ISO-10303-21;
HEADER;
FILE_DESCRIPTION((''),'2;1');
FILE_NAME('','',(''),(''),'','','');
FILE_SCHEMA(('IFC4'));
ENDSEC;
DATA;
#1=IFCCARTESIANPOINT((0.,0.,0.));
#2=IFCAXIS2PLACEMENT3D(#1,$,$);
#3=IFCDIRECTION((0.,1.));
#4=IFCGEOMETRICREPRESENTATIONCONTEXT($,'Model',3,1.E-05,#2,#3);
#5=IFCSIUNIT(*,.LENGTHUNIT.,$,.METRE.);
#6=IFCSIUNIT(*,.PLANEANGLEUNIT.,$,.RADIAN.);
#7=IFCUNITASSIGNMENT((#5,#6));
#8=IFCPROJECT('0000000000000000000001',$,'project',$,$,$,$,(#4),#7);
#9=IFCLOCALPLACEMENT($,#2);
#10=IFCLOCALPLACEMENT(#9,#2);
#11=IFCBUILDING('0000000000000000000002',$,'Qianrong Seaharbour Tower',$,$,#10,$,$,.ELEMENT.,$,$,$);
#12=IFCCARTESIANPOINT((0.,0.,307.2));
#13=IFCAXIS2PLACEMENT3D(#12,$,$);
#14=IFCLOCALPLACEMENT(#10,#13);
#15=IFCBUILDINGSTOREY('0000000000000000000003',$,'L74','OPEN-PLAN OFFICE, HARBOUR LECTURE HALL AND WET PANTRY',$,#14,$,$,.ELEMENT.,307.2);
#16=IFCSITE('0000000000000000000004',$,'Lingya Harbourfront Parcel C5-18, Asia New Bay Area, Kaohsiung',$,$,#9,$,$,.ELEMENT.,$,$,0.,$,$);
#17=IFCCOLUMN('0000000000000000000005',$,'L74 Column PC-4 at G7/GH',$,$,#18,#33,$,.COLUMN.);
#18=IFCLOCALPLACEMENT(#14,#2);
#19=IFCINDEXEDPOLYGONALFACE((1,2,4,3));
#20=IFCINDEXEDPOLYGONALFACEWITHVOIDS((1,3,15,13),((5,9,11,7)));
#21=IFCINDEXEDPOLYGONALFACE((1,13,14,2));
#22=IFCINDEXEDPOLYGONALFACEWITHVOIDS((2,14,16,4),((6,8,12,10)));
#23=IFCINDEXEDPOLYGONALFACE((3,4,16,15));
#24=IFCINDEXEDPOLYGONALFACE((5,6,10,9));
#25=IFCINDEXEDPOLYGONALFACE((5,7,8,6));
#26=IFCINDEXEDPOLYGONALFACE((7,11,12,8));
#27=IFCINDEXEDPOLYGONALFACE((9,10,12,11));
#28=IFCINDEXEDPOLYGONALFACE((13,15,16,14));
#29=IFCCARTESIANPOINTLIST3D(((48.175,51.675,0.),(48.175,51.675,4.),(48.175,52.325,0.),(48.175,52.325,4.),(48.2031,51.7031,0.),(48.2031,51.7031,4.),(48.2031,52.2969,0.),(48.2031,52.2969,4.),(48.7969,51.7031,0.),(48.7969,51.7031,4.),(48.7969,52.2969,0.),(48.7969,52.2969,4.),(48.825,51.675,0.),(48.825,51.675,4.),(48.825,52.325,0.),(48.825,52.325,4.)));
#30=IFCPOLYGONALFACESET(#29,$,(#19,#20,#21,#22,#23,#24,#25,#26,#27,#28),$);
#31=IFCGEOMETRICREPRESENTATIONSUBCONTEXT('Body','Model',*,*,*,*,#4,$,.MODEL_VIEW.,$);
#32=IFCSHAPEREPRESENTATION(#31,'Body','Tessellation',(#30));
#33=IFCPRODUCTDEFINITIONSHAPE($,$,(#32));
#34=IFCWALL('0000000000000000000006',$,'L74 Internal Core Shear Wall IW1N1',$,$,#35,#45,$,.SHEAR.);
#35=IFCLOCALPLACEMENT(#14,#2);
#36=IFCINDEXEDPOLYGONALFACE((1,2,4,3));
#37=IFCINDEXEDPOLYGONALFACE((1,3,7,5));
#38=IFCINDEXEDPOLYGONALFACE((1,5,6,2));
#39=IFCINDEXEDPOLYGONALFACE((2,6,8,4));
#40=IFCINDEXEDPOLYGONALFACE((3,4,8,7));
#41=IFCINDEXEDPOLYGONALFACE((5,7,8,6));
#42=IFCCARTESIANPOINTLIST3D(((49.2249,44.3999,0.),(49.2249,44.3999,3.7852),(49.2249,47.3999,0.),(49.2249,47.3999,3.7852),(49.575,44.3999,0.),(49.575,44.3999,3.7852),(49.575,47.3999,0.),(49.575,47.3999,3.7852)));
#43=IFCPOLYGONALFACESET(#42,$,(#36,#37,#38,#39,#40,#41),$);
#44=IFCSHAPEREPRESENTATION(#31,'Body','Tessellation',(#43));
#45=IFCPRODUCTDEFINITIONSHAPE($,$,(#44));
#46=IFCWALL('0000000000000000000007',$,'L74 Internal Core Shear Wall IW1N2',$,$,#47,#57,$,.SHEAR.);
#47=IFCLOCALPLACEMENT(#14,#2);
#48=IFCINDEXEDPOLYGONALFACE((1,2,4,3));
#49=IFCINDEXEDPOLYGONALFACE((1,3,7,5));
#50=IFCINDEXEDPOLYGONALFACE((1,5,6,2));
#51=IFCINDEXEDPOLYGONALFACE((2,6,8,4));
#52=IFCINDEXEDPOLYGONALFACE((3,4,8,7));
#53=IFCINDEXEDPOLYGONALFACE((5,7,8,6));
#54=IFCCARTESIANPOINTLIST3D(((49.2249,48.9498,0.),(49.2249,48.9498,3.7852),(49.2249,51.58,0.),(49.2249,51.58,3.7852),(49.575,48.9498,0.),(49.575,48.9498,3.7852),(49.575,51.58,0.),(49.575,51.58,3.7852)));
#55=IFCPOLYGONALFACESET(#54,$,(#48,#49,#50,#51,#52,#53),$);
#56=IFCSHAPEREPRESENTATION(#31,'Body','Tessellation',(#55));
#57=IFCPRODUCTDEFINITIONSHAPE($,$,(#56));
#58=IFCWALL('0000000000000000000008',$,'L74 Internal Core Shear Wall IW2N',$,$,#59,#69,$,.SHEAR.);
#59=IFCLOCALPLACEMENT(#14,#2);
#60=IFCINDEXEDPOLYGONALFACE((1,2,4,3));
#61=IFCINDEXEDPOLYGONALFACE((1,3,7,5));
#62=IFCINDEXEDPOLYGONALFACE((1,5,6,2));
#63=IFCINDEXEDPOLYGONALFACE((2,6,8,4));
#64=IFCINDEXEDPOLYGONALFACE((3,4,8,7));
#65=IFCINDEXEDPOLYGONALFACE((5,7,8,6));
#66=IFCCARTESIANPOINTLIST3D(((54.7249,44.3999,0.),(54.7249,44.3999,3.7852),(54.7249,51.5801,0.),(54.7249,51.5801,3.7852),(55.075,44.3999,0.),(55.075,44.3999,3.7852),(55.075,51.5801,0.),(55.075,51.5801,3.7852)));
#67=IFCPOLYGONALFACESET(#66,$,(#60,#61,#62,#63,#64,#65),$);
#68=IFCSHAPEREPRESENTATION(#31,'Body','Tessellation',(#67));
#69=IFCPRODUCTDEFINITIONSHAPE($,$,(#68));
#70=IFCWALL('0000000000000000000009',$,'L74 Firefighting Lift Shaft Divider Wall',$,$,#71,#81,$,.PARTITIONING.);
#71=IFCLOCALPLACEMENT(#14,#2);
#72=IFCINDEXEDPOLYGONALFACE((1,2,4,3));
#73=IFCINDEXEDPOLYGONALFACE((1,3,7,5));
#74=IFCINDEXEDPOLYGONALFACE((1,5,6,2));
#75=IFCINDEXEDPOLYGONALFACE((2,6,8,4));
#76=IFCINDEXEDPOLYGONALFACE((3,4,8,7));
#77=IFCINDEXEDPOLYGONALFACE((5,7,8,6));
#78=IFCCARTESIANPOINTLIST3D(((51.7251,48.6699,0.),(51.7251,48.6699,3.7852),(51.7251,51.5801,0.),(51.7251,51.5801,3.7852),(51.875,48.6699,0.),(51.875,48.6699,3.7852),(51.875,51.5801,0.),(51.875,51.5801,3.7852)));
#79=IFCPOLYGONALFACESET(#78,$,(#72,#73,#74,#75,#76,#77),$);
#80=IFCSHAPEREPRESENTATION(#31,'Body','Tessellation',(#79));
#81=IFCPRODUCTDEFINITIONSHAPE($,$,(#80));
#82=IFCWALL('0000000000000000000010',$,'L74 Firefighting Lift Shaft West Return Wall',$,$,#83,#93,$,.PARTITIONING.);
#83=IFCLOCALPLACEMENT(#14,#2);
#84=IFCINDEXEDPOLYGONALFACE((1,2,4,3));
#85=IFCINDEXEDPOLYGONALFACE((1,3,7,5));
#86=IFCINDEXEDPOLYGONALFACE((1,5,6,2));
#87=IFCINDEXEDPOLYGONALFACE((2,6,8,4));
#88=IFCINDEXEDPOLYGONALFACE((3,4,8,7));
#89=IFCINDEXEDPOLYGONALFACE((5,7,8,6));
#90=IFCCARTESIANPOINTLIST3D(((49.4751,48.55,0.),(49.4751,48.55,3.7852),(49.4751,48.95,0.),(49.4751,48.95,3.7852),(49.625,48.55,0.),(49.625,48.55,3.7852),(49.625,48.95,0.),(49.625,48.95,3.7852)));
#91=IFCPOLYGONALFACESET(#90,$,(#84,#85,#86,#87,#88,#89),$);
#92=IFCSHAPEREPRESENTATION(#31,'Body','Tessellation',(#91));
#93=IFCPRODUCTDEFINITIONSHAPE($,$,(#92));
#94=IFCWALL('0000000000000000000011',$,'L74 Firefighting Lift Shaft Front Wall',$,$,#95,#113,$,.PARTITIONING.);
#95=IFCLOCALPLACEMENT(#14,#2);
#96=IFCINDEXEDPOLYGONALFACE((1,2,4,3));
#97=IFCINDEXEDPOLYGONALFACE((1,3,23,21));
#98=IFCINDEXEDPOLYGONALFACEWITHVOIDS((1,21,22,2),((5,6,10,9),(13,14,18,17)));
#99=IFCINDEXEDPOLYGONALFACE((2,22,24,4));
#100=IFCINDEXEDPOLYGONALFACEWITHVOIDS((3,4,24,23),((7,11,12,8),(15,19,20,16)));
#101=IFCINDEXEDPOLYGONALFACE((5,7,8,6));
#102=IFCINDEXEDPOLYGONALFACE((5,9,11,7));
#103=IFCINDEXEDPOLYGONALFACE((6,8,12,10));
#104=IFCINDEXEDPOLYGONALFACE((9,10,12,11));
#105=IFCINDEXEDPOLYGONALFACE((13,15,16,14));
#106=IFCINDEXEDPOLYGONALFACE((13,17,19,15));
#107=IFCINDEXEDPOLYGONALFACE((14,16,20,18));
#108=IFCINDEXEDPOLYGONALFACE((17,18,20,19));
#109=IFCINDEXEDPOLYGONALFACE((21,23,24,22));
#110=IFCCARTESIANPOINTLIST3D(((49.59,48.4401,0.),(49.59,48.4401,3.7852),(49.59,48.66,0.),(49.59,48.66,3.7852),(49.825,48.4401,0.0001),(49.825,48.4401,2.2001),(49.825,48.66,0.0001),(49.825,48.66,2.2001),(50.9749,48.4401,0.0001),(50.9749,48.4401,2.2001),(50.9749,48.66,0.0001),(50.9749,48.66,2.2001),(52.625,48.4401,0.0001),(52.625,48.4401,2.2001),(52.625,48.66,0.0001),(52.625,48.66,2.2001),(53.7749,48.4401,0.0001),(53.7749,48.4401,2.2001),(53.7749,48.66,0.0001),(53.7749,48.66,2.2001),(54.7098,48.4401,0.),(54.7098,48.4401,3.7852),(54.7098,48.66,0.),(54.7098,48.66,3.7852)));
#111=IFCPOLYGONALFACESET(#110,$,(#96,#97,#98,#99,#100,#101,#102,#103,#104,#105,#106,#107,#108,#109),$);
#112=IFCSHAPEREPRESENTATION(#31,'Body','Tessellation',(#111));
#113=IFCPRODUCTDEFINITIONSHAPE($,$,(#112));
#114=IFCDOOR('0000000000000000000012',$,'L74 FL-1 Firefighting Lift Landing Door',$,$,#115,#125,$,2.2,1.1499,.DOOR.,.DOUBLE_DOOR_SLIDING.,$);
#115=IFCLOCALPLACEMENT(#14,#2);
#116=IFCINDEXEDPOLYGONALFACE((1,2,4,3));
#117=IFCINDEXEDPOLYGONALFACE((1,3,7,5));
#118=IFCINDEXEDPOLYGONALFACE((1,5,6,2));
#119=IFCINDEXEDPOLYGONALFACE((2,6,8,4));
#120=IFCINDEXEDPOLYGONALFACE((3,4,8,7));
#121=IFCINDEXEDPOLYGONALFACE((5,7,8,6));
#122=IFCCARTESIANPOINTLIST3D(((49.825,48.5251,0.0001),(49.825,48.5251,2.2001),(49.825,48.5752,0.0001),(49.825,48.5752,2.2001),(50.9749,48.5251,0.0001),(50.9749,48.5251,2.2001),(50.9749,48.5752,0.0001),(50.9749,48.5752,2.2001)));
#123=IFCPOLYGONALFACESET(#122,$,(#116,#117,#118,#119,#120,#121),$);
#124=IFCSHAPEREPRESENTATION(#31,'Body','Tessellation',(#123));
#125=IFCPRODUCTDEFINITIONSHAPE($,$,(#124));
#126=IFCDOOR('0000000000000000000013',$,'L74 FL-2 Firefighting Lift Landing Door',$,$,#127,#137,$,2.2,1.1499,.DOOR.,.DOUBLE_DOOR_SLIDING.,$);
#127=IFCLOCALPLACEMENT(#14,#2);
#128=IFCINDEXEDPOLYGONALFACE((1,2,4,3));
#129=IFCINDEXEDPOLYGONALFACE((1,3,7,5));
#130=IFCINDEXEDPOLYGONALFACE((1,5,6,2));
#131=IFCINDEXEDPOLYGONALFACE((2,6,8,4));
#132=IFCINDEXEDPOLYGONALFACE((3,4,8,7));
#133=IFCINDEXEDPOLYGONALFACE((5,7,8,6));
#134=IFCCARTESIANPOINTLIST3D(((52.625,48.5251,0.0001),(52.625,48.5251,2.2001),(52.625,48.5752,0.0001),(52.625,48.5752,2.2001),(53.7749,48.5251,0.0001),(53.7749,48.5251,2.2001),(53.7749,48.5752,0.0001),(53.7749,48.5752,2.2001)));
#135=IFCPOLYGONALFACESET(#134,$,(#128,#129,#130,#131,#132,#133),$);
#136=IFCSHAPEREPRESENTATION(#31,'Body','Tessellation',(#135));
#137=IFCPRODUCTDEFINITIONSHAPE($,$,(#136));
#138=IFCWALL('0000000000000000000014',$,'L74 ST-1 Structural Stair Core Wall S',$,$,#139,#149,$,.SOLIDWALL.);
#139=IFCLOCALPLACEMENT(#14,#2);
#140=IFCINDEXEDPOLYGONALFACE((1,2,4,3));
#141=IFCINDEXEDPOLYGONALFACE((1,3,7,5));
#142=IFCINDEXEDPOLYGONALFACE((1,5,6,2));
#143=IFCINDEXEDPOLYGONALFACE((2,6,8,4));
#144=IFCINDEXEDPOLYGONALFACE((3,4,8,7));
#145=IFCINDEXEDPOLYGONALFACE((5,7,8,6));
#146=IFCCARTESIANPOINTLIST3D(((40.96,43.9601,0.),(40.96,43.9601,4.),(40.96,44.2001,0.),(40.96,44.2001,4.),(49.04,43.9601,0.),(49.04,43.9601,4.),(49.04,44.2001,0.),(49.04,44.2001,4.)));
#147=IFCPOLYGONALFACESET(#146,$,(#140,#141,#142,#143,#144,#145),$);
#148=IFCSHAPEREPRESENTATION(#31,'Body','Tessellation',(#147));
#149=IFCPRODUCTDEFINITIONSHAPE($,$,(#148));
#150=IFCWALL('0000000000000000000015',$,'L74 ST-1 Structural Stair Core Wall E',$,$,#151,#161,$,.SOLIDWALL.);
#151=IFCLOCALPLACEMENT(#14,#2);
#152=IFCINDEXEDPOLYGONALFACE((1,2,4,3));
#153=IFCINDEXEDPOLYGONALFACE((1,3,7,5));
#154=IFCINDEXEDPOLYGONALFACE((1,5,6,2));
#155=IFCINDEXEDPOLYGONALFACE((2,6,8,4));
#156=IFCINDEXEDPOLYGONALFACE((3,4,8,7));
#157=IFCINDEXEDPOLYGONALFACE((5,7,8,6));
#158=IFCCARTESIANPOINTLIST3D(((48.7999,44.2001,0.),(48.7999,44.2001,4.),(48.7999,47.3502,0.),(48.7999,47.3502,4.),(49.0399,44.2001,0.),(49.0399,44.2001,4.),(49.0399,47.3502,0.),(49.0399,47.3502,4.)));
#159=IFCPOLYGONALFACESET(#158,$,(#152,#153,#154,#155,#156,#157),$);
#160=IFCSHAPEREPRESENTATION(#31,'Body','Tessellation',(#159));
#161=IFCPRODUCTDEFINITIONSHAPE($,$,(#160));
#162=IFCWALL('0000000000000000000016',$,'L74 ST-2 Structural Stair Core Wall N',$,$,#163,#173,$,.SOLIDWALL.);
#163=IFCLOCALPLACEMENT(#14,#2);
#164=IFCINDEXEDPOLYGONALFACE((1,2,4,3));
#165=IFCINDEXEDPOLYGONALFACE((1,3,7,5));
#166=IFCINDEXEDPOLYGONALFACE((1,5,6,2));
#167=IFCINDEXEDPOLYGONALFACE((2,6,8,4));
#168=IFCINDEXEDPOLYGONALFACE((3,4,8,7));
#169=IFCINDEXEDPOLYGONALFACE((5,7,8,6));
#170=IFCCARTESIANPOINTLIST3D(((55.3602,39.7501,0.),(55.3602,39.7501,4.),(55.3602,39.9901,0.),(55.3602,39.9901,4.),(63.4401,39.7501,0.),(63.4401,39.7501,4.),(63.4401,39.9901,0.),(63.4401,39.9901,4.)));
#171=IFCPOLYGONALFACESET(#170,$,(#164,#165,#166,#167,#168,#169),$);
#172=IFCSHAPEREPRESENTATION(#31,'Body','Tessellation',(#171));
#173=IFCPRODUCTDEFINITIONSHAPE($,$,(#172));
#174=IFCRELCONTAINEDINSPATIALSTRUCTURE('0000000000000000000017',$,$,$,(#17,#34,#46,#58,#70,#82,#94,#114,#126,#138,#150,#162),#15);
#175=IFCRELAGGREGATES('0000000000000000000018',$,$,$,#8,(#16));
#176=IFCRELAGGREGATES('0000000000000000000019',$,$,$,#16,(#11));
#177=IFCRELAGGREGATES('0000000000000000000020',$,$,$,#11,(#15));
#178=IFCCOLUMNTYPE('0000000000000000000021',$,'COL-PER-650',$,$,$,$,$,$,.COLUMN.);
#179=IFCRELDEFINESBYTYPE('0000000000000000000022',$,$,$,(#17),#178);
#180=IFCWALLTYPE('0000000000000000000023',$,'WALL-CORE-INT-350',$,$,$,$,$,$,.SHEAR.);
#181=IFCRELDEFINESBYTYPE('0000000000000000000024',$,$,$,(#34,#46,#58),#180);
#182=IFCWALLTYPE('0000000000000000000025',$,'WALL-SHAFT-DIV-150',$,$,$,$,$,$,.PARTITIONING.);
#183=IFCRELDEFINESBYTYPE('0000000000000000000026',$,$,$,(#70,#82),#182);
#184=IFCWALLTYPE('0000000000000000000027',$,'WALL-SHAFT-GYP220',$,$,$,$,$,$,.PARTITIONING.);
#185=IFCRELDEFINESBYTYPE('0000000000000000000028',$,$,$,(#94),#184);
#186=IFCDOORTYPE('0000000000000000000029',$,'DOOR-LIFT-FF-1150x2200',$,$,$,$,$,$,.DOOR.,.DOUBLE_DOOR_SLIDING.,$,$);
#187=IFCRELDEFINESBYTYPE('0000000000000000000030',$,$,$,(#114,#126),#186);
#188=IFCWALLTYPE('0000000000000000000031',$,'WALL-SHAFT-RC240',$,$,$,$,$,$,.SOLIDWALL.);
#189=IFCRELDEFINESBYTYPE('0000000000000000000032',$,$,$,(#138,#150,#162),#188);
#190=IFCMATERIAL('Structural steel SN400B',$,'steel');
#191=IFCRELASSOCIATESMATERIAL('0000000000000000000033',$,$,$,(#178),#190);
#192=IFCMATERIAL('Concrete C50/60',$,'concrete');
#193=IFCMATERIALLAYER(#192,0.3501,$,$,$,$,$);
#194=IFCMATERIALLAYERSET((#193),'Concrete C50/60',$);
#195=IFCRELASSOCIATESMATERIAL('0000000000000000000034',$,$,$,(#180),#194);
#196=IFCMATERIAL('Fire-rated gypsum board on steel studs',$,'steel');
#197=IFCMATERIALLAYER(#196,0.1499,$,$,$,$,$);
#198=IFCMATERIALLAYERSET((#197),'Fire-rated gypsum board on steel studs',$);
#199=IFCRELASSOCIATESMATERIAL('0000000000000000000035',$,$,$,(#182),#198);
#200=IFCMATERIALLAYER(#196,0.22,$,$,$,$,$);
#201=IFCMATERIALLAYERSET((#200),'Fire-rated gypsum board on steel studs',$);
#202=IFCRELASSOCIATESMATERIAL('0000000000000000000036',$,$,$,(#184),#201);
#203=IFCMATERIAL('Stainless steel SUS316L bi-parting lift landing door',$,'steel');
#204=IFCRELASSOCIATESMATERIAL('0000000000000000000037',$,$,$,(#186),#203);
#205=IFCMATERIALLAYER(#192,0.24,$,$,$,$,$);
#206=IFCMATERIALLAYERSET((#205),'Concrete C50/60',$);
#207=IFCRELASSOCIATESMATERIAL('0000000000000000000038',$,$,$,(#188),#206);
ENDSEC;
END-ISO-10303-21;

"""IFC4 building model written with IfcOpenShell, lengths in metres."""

from ifc_helpers import new_model, si_unit, direction, frame, frame_2d, origin, origin_2d, place, context, subcontext, project, spatial, rectangle, hollow_rectangle, extrude, material, layer, layer_set, material_profile, profile_set, type_object, element, fill, save


model = new_model("IFC4")

# Units and contexts
model_context = context("Model", 3, precision=1e-05, world=origin(), true_north=direction((0.0, 1.0)))
body_context = subcontext(model_context, "Body", "Model", "MODEL_VIEW")
ifc_project = project(units=[si_unit("LENGTHUNIT", "METRE"), si_unit("PLANEANGLEUNIT", "RADIAN")], contexts=[model_context])

# Site, building, storey
site_placement = place(None, origin())
site = spatial("IfcSite", under=ifc_project, at=site_placement, Name="Lingya Harbourfront Parcel C5-18, Asia New Bay Area, Kaohsiung", CompositionType="ELEMENT", RefElevation=0.0)
building_placement = place(site_placement, origin())
building = spatial("IfcBuilding", under=site, at=building_placement, Name="Qianrong Seaharbour Tower", CompositionType="ELEMENT")
storey_placement = place(building_placement, frame((0.0, 0.0, 307.2)))
storey = spatial("IfcBuildingStorey", under=building, at=storey_placement, Name="L74", Description="OPEN-PLAN OFFICE, HARBOUR LECTURE HALL AND WET PANTRY", CompositionType="ELEMENT", Elevation=307.2)

# Column
ifc_material_1 = material(Name="Structural steel SN400B", Category="steel")
ifc_material_profile = material_profile(ifc_material_1, hollow_rectangle(XDim=0.6499, YDim=0.6499, WallThickness=0.0281, at=origin_2d()), Name="BOX650x650x28")
ifc_profile_set = profile_set([ifc_material_profile], Name="Structural steel SN400B")
column_type = type_object("IfcColumnType", Name="COL-PER-650", PredefinedType="COLUMN", material=ifc_profile_set)
column_placement = place(storey_placement, frame((48.5, 52.0, 0.0), z_axis=(0.0, 0.0, 1.0), x_axis=(1.0, 0.0, 0.0)))
element("IfcColumn", 1, at=column_placement, inside=storey, type_object=column_type, Name="L74 Column PC-4 at G7/GH", PredefinedType="COLUMN", context=body_context, shape_type="SweptSolid", body=[
    extrude(hollow_rectangle(XDim=0.6499, YDim=0.6499, WallThickness=0.0281, at=origin_2d()), origin(), (0.0, 0.0, 1.0), 4.0),
])

# Walls
ifc_material_2 = material(Name="Concrete C50/60", Category="concrete")
ifc_layer_1 = layer(ifc_material_2, 0.3501)
ifc_layer_set_1 = layer_set([ifc_layer_1], Name="Concrete C50/60")
wall_type_1 = type_object("IfcWallType", Name="WALL-CORE-INT-350", PredefinedType="SHEAR", material=ifc_layer_set_1)
wall_1_placement = place(storey_placement, frame((49.3999, 44.3999, 0.0), z_axis=(0.0, 0.0, 1.0), x_axis=(0.0, 1.0, 0.0)))
element("IfcWall", 2, at=wall_1_placement, inside=storey, type_object=wall_type_1, Name="L74 Internal Core Shear Wall IW1N1", PredefinedType="SHEAR", context=body_context, shape_type="SweptSolid", body=[
    extrude(rectangle(XDim=3.0, YDim=0.3501, at=frame_2d((1.5, 0.0))), origin(), (0.0, 0.0, 1.0), 3.7852),
])
wall_2_placement = place(storey_placement, frame((49.3999, 48.95, 0.0), z_axis=(0.0, 0.0, 1.0), x_axis=(0.0, 1.0, 0.0)))
element("IfcWall", 3, at=wall_2_placement, inside=storey, type_object=wall_type_1, Name="L74 Internal Core Shear Wall IW1N2", PredefinedType="SHEAR", context=body_context, shape_type="SweptSolid", body=[
    extrude(rectangle(XDim=2.6301, YDim=0.3501, at=frame_2d((1.3149, 0.0))), origin(), (0.0, 0.0, 1.0), 3.7852),
])
wall_3_placement = place(storey_placement, frame((54.8999, 44.3999, 0.0), z_axis=(0.0, 0.0, 1.0), x_axis=(0.0, 1.0, 0.0)))
element("IfcWall", 4, at=wall_3_placement, inside=storey, type_object=wall_type_1, Name="L74 Internal Core Shear Wall IW2N", PredefinedType="SHEAR", context=body_context, shape_type="SweptSolid", body=[
    extrude(rectangle(XDim=7.1802, YDim=0.3501, at=frame_2d((3.5901, 0.0))), origin(), (0.0, 0.0, 1.0), 3.7852),
])

# Walls
ifc_material_3 = material(Name="Fire-rated gypsum board on steel studs", Category="steel")
ifc_layer_2 = layer(ifc_material_3, 0.1499)
ifc_layer_set_2 = layer_set([ifc_layer_2], Name="Fire-rated gypsum board on steel studs")
wall_type_2 = type_object("IfcWallType", Name="WALL-SHAFT-DIV-150", PredefinedType="PARTITIONING", material=ifc_layer_set_2)
wall_4_placement = place(storey_placement, frame((51.8, 48.6699, 0.0), z_axis=(0.0, 0.0, 1.0), x_axis=(0.0, 1.0, 0.0)))
element("IfcWall", 5, at=wall_4_placement, inside=storey, type_object=wall_type_2, Name="L74 Firefighting Lift Shaft Divider Wall", PredefinedType="PARTITIONING", context=body_context, shape_type="SweptSolid", body=[
    extrude(rectangle(XDim=2.9102, YDim=0.1499, at=frame_2d((1.4551, 0.0))), origin(), (0.0, 0.0, 1.0), 3.7852),
])
wall_5_placement = place(storey_placement, frame((49.55, 48.55, 0.0), z_axis=(0.0, 0.0, 1.0), x_axis=(0.0, 1.0, 0.0)))
element("IfcWall", 6, at=wall_5_placement, inside=storey, type_object=wall_type_2, Name="L74 Firefighting Lift Shaft West Return Wall", PredefinedType="PARTITIONING", context=body_context, shape_type="SweptSolid", body=[
    extrude(rectangle(XDim=0.3999, YDim=0.1499, at=frame_2d((0.2, 0.0))), origin(), (0.0, 0.0, 1.0), 3.7852),
])

# Wall, openings, doors
ifc_layer_3 = layer(ifc_material_3, 0.22)
ifc_layer_set_3 = layer_set([ifc_layer_3], Name="Fire-rated gypsum board on steel studs")
wall_type_3 = type_object("IfcWallType", Name="WALL-SHAFT-GYP220", PredefinedType="PARTITIONING", material=ifc_layer_set_3)
wall_6_placement = place(storey_placement, frame((54.71, 48.55, 0.0), z_axis=(0.0, 0.0, 1.0), x_axis=(-1.0, 0.0, 0.0)))
wall_6 = element("IfcWall", 7, at=wall_6_placement, inside=storey, type_object=wall_type_3, Name="L74 Firefighting Lift Shaft Front Wall", PredefinedType="PARTITIONING", context=body_context, shape_type="SweptSolid", body=[
    extrude(rectangle(XDim=5.1199, YDim=0.22, at=frame_2d((2.5601, 0.0))), origin(), (0.0, 0.0, 1.0), 3.7852),
])
opening_1_placement = place(wall_6_placement, frame((3.7351, 0.0, 0.0)))
opening_1 = element("IfcOpeningElement", 8, at=opening_1_placement, cuts=wall_6, PredefinedType="OPENING", context=body_context, shape_type="SweptSolid", body=[
    extrude(rectangle(XDim=1.1499, YDim=2.2, at=frame_2d((0.575, 1.1001))), frame((0.0, 0.1201, 0.0), z_axis=(0.0, -1.0, 0.0), x_axis=(1.0, 0.0, 0.0)), (0.0, 0.0, 1.0), 0.24),
])
opening_2_placement = place(wall_6_placement, frame((0.9351, 0.0, 0.0)))
opening_2 = element("IfcOpeningElement", 9, at=opening_2_placement, cuts=wall_6, PredefinedType="OPENING", context=body_context, shape_type="SweptSolid", body=[
    extrude(rectangle(XDim=1.1499, YDim=2.2, at=frame_2d((0.575, 1.1001))), frame((0.0, 0.1201, 0.0), z_axis=(0.0, -1.0, 0.0), x_axis=(1.0, 0.0, 0.0)), (0.0, 0.0, 1.0), 0.24),
])
ifc_material_4 = material(Name="Stainless steel SUS316L bi-parting lift landing door", Category="steel")
door_type_1 = type_object("IfcDoorType", Name="DOOR-LIFT-FF-1150x2200", OperationType="DOUBLE_DOOR_SLIDING", PredefinedType="DOOR", material=ifc_material_4)
door_1_placement = place(opening_1_placement, origin())
door_1 = element("IfcDoor", 10, at=door_1_placement, inside=storey, type_object=door_type_1, Name="L74 FL-1 Firefighting Lift Landing Door", OperationType="DOUBLE_DOOR_SLIDING", OverallHeight=2.2, OverallWidth=1.1499, PredefinedType="DOOR", context=body_context, shape_type="SweptSolid", body=[
    extrude(rectangle(XDim=1.1499, YDim=2.2, at=frame_2d((0.575, 1.1001))), frame((0.0, 0.0249, 0.0), z_axis=(0.0, -1.0, 0.0), x_axis=(1.0, 0.0, 0.0)), (0.0, 0.0, 1.0), 0.05),
])
fill(opening_1, door_1)
door_2_placement = place(opening_2_placement, origin())
door_2 = element("IfcDoor", 11, at=door_2_placement, inside=storey, type_object=door_type_1, Name="L74 FL-2 Firefighting Lift Landing Door", OperationType="DOUBLE_DOOR_SLIDING", OverallHeight=2.2, OverallWidth=1.1499, PredefinedType="DOOR", context=body_context, shape_type="SweptSolid", body=[
    extrude(rectangle(XDim=1.1499, YDim=2.2, at=frame_2d((0.575, 1.1001))), frame((0.0, 0.0249, 0.0), z_axis=(0.0, -1.0, 0.0), x_axis=(1.0, 0.0, 0.0)), (0.0, 0.0, 1.0), 0.05),
])
fill(opening_2, door_2)

# Walls
ifc_layer_4 = layer(ifc_material_2, 0.24)
ifc_layer_set_4 = layer_set([ifc_layer_4], Name="Concrete C50/60")
wall_type_4 = type_object("IfcWallType", Name="WALL-SHAFT-RC240", PredefinedType="SOLIDWALL", material=ifc_layer_set_4)
wall_7_placement = place(storey_placement, frame((49.04, 44.0801, 0.0), z_axis=(0.0, 0.0, 1.0), x_axis=(-1.0, 0.0, 0.0)))
element("IfcWall", 12, at=wall_7_placement, inside=storey, type_object=wall_type_4, Name="L74 ST-1 Structural Stair Core Wall S", PredefinedType="SOLIDWALL", context=body_context, shape_type="SweptSolid", body=[
    extrude(rectangle(XDim=8.0801, YDim=0.24, at=frame_2d((4.04, 0.0))), origin(), (0.0, 0.0, 1.0), 4.0),
])
wall_8_placement = place(storey_placement, frame((48.9199, 44.2, 0.0), z_axis=(0.0, 0.0, 1.0), x_axis=(0.0, 1.0, 0.0)))
element("IfcWall", 13, at=wall_8_placement, inside=storey, type_object=wall_type_4, Name="L74 ST-1 Structural Stair Core Wall E", PredefinedType="SOLIDWALL", context=body_context, shape_type="SweptSolid", body=[
    extrude(rectangle(XDim=3.1501, YDim=0.24, at=frame_2d((1.5752, 0.0))), origin(), (0.0, 0.0, 1.0), 4.0),
])
wall_9_placement = place(storey_placement, frame((55.3601, 39.8701, 0.0), z_axis=(0.0, 0.0, 1.0), x_axis=(1.0, 0.0, 0.0)))
element("IfcWall", 14, at=wall_9_placement, inside=storey, type_object=wall_type_4, Name="L74 ST-2 Structural Stair Core Wall N", PredefinedType="SOLIDWALL", context=body_context, shape_type="SweptSolid", body=[
    extrude(rectangle(XDim=8.0798, YDim=0.24, at=frame_2d((4.04, 0.0))), origin(), (0.0, 0.0, 1.0), 4.0),
])

save(model, "model.ifc")
